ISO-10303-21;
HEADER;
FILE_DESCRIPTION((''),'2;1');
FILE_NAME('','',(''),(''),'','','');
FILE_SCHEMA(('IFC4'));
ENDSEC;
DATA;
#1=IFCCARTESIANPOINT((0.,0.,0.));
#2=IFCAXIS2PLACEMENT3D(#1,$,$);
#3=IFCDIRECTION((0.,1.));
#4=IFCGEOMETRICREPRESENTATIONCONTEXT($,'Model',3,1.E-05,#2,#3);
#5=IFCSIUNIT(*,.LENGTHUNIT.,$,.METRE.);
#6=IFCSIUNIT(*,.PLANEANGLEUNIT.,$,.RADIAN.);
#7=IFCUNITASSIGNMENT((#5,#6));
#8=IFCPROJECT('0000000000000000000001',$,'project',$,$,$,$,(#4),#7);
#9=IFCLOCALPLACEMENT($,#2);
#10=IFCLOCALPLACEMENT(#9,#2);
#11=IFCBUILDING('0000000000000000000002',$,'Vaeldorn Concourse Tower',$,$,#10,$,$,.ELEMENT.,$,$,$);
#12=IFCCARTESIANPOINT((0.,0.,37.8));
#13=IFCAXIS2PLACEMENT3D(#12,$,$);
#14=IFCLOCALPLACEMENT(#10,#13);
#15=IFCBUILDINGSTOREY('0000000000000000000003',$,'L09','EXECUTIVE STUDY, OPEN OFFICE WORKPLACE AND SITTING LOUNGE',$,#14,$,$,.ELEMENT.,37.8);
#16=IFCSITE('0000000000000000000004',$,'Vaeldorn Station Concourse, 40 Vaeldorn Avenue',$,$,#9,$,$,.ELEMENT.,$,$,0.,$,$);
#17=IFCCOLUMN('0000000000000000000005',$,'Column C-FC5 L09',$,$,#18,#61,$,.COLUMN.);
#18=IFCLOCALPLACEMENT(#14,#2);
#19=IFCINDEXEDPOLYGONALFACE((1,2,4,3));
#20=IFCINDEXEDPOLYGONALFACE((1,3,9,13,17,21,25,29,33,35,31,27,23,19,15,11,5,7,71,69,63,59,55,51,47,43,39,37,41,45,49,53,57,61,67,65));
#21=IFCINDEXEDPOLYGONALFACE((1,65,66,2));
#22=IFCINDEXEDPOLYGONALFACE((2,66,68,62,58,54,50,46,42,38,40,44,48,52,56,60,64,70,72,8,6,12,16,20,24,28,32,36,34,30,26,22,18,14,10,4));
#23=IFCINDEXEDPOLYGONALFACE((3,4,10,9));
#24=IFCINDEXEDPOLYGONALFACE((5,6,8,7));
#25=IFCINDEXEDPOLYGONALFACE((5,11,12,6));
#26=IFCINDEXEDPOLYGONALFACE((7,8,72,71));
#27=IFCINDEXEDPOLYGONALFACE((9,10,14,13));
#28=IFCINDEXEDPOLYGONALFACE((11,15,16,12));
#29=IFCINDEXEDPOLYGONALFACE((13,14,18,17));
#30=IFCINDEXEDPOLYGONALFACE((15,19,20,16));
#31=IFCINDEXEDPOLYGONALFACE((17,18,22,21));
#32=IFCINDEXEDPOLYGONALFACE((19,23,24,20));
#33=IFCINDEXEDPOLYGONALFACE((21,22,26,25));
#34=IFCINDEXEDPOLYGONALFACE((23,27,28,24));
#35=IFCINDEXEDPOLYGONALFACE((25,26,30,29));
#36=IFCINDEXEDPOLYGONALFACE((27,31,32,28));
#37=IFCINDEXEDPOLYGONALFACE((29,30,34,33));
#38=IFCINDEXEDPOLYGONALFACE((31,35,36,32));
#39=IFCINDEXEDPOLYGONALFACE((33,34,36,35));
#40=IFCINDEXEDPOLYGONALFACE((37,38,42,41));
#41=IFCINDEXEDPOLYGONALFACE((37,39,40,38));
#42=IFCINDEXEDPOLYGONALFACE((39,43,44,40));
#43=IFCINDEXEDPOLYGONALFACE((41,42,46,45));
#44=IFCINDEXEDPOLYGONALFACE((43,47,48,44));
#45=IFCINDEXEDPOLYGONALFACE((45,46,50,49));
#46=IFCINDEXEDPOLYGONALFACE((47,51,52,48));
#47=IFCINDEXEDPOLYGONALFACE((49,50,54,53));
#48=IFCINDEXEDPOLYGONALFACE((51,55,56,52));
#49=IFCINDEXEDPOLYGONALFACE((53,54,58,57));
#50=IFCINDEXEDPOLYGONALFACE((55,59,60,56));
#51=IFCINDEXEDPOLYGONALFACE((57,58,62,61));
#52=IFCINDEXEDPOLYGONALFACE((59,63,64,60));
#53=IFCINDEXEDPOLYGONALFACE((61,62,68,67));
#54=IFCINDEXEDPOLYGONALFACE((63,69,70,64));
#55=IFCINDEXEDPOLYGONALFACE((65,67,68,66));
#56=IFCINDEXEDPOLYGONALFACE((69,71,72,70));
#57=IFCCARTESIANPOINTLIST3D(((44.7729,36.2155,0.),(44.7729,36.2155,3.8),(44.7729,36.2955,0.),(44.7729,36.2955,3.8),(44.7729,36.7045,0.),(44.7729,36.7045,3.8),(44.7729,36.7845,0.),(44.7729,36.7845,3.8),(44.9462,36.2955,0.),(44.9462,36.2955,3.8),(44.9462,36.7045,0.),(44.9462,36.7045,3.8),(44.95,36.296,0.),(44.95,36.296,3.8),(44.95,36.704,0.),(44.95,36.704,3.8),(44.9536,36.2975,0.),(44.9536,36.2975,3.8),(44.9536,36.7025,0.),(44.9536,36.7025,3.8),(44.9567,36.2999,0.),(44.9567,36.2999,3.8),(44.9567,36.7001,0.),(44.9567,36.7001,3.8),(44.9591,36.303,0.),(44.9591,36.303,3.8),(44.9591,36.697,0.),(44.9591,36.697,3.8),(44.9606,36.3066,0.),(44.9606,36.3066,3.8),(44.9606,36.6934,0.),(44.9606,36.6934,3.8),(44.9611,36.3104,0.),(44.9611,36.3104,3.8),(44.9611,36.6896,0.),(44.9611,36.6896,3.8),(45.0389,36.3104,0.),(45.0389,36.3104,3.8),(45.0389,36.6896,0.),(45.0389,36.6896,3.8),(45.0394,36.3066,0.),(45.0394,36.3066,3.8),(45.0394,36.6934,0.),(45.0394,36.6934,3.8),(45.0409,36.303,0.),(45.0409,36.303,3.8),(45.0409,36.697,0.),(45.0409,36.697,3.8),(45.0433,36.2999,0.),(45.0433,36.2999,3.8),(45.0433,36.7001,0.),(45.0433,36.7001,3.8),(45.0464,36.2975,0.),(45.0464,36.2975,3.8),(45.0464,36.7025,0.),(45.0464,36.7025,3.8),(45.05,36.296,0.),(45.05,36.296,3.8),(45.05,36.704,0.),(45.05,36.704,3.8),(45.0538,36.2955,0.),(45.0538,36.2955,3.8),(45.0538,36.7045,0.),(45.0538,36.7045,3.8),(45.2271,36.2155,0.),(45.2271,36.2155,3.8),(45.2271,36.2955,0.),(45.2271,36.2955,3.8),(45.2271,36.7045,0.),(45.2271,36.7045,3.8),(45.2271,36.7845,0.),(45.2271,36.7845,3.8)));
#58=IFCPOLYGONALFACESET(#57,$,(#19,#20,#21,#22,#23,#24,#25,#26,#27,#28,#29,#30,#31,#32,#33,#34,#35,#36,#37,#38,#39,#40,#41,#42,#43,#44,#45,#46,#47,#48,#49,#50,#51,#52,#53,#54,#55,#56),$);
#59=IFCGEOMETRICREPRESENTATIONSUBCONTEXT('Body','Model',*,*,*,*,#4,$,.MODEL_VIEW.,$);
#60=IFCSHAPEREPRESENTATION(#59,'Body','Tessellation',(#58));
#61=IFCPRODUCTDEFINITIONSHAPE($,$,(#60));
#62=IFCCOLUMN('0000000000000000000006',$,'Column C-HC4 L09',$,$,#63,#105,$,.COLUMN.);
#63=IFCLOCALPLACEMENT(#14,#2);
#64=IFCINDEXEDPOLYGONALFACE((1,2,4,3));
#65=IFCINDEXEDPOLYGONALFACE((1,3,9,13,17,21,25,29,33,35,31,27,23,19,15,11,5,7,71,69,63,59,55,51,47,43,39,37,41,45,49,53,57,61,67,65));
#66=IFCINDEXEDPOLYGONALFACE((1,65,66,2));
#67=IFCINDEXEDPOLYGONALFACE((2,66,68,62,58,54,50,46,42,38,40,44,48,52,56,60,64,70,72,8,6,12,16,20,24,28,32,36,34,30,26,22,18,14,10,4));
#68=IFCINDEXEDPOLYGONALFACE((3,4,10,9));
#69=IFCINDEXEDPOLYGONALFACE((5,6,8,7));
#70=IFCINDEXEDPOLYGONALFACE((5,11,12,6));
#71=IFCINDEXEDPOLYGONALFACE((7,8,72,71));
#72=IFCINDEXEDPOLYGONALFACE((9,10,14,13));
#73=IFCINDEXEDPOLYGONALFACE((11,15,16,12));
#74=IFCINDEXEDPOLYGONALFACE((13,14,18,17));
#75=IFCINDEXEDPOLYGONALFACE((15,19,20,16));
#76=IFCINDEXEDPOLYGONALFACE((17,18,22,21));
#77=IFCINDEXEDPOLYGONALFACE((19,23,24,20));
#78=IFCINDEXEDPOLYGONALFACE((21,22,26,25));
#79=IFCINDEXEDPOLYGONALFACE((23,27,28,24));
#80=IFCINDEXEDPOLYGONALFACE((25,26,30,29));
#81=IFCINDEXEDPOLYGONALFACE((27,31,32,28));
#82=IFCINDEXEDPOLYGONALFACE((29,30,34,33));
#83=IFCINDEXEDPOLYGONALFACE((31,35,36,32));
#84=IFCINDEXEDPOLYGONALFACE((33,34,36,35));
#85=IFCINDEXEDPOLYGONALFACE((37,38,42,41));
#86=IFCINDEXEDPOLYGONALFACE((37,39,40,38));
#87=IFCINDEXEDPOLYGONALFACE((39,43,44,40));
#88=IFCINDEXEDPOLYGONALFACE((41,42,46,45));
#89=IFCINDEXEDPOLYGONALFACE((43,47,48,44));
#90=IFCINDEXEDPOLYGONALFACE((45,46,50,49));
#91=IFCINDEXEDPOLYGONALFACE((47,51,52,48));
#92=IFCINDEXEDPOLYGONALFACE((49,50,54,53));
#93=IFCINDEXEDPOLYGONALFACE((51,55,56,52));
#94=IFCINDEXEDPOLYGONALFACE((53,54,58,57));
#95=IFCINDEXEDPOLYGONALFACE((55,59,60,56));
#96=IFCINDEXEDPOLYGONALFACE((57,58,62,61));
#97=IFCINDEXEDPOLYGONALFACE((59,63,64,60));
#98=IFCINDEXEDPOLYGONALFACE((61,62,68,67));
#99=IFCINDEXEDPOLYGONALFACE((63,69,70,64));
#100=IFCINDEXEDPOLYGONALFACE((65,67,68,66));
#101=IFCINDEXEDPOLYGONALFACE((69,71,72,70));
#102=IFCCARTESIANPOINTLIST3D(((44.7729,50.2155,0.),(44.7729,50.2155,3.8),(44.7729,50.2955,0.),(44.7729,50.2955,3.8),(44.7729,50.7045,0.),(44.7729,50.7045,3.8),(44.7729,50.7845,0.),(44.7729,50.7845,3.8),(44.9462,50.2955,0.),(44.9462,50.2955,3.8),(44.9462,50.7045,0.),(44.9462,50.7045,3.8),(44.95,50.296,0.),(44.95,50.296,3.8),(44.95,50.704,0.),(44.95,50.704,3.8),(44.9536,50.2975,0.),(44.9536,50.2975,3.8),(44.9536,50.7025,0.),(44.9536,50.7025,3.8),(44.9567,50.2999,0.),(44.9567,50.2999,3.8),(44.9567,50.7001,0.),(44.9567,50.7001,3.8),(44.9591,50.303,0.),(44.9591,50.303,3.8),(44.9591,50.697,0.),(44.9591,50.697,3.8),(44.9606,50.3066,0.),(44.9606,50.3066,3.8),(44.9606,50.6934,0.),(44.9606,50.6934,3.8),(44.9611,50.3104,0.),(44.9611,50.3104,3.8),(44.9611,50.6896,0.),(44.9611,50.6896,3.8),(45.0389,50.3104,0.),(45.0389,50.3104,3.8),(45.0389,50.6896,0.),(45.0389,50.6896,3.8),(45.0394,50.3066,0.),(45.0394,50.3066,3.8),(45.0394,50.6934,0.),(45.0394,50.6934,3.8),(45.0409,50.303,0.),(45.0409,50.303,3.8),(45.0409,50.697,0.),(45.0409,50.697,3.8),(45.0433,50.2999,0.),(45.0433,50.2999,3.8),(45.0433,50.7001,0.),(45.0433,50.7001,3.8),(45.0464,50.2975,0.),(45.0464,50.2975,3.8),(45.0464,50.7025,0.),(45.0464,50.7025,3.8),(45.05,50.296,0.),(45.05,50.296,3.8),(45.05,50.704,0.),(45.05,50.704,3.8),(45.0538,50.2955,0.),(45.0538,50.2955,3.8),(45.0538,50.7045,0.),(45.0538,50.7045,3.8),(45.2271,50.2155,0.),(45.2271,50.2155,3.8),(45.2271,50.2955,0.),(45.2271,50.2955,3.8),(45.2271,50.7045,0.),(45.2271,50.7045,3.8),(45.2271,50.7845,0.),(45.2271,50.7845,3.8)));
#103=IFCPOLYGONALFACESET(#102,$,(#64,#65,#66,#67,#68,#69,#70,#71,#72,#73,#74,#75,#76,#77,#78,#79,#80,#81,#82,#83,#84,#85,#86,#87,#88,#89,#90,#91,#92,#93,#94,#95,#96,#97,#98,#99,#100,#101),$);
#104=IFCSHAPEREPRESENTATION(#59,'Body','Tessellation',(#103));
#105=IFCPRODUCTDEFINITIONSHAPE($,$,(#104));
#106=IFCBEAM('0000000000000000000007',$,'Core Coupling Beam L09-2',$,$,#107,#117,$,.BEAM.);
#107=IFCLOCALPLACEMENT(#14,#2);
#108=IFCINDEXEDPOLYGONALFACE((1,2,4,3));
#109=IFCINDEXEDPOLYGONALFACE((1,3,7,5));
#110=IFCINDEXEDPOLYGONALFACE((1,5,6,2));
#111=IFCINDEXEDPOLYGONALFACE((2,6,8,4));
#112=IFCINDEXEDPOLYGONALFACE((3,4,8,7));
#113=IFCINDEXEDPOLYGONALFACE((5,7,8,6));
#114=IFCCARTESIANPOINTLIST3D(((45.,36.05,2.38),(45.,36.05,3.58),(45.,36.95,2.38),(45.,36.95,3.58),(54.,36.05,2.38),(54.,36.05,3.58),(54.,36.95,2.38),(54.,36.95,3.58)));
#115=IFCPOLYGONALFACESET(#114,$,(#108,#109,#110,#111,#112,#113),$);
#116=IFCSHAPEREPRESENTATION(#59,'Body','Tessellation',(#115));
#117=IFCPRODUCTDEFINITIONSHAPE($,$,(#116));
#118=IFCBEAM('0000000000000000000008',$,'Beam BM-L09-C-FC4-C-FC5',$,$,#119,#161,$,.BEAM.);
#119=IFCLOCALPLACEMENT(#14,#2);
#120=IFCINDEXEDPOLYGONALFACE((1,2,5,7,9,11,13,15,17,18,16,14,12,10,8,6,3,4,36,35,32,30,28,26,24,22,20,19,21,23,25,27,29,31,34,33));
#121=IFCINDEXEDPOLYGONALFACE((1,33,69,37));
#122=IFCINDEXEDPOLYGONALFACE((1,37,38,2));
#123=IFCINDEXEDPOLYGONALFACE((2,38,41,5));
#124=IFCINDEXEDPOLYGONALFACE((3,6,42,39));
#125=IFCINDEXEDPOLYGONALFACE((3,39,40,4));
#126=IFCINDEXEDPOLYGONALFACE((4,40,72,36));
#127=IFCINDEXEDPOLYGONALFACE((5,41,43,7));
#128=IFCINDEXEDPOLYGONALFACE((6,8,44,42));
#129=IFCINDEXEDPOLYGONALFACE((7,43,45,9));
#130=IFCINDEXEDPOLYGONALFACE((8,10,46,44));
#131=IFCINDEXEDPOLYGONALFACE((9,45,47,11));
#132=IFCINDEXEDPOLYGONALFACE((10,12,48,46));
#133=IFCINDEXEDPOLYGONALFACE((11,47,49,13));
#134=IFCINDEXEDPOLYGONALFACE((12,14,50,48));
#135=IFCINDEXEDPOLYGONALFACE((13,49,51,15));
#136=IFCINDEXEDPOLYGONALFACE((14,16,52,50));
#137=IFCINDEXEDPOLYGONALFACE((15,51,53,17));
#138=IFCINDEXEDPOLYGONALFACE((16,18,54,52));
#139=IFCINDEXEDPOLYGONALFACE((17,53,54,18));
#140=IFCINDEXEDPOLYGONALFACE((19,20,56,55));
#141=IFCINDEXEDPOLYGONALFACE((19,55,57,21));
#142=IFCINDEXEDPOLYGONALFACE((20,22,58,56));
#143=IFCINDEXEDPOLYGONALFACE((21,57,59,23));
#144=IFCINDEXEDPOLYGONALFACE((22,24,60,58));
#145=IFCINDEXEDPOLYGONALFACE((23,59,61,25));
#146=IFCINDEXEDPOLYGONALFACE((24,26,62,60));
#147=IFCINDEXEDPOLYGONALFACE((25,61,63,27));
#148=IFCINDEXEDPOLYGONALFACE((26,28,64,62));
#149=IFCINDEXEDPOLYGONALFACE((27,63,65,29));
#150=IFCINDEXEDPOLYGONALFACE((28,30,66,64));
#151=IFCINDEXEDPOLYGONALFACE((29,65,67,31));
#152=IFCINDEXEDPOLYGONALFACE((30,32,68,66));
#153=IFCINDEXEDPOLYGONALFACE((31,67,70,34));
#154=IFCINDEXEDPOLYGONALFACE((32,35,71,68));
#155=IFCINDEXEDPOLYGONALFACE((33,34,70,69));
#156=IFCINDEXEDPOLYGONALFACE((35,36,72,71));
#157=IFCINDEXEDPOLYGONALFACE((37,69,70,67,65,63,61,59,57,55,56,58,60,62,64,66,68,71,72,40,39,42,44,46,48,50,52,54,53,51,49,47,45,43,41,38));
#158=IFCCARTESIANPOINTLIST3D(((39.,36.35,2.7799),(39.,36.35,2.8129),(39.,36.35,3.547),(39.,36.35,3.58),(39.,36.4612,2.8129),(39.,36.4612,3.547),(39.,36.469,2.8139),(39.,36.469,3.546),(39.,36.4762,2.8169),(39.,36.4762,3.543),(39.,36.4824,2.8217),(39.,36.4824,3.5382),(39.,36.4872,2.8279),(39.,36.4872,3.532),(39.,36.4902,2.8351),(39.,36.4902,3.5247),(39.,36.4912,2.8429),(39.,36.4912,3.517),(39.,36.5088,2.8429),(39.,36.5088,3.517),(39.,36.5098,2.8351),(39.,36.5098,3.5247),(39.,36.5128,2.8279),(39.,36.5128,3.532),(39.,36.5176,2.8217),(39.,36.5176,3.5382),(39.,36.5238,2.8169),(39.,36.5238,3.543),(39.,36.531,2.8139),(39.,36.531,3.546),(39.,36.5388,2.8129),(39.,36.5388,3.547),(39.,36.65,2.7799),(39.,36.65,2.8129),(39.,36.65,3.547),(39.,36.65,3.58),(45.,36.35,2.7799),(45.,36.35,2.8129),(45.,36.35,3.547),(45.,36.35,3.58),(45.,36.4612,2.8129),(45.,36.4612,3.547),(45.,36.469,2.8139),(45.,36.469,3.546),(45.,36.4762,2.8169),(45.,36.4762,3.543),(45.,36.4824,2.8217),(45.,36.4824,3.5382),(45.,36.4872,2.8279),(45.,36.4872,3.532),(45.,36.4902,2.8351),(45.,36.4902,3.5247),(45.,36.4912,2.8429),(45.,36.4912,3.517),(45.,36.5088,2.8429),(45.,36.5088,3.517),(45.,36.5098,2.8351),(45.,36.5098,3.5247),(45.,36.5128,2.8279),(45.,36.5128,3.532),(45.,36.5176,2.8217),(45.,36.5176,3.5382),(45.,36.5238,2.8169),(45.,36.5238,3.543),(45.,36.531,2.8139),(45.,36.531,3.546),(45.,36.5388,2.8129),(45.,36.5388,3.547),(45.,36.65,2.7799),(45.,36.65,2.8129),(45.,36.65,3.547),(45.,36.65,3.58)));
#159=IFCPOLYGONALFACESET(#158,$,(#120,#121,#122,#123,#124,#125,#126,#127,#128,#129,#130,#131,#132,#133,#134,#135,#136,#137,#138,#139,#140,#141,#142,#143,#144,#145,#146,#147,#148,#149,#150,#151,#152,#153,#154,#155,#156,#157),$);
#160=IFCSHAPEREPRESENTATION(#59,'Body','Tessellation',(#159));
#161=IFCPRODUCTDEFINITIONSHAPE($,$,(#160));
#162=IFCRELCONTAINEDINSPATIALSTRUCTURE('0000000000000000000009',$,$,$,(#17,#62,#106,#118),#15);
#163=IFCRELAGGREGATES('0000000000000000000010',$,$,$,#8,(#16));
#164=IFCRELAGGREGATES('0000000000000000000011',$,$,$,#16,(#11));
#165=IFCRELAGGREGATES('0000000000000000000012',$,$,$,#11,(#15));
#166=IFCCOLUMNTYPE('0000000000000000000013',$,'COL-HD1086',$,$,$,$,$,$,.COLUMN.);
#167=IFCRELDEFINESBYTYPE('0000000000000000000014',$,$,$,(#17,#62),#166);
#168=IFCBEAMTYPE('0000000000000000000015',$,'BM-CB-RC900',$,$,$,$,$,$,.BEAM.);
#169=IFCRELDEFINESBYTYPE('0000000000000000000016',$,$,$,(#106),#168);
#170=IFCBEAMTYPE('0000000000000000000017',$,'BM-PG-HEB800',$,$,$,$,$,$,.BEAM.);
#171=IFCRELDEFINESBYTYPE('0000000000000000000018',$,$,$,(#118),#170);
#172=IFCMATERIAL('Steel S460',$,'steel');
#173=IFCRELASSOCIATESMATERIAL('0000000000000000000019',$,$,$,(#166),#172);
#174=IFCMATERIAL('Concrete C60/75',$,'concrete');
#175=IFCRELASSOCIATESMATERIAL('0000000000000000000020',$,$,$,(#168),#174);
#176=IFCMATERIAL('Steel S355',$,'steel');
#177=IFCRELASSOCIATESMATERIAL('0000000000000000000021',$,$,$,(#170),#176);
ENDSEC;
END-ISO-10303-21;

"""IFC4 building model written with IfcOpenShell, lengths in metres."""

from ifc_helpers import new_model, si_unit, direction, frame, origin, origin_2d, place, context, subcontext, project, spatial, rectangle, i_section, extrude, source, transform, mapped, material, material_profile, profile_set, type_object, element, save


model = new_model("IFC4")

# Units and contexts
model_context = context("Model", 3, precision=1e-05, world=origin(), true_north=direction((0.0, 1.0)))
body_context = subcontext(model_context, "Body", "Model", "MODEL_VIEW")
ifc_project = project(units=[si_unit("LENGTHUNIT", "METRE"), si_unit("PLANEANGLEUNIT", "RADIAN")], contexts=[model_context])

# Site, building, storey
site_placement = place(None, origin())
site = spatial("IfcSite", under=ifc_project, at=site_placement, Name="Vaeldorn Station Concourse, 40 Vaeldorn Avenue", CompositionType="ELEMENT", RefElevation=0.0)
building_placement = place(site_placement, origin())
building = spatial("IfcBuilding", under=site, at=building_placement, Name="Vaeldorn Concourse Tower", CompositionType="ELEMENT")
storey_placement = place(building_placement, frame((0.0, 0.0, 37.8)))
storey = spatial("IfcBuildingStorey", under=building, at=storey_placement, Name="L09", Description="EXECUTIVE STUDY, OPEN OFFICE WORKPLACE AND SITTING LOUNGE", CompositionType="ELEMENT", Elevation=37.8)

# Columns
ifc_material_1 = material(Name="Steel S460", Category="steel")
ifc_material_profile_1 = material_profile(ifc_material_1, i_section(OverallWidth=0.4541, OverallDepth=0.5691, WebThickness=0.0779, FlangeThickness=0.0801, FilletRadius=0.0149, at=origin_2d()), Name="HD 400x1086")
ifc_profile_set_1 = profile_set([ifc_material_profile_1], Name="Steel S460")
column_type = type_object("IfcColumnType", Name="COL-HD1086", PredefinedType="COLUMN", material=ifc_profile_set_1)
shared_shape_1 = source(origin(), body_context, "Body", "SweptSolid", [
    extrude(i_section(OverallWidth=0.4541, OverallDepth=0.5691, WebThickness=0.0779, FlangeThickness=0.0801, FilletRadius=0.0149, at=origin_2d()), origin(), (0.0, 0.0, 1.0), 3.8),
])
for number, where, z_axis, x_axis, name in (
    (1, (45.0, 36.5, 0.0), (0.0, 0.0, 1.0), (1.0, 0.0, 0.0), "Column C-FC5 L09"),
    (2, (45.0, 50.5, 0.0), (0.0, 0.0, 1.0), (1.0, 0.0, 0.0), "Column C-HC4 L09"),
):
    element("IfcColumn", number, at=place(storey_placement, frame(where, z_axis=z_axis, x_axis=x_axis)), inside=storey, type_object=column_type, Name=name, PredefinedType="COLUMN", context=body_context, shape_type="MappedRepresentation", body=[
        mapped(shared_shape_1, transform((0.0, 0.0, 0.0), scale=1.0)),
    ])

# Beams
ifc_material_2 = material(Name="Concrete C60/75", Category="concrete")
ifc_material_profile_2 = material_profile(ifc_material_2, rectangle(XDim=0.8999, YDim=1.2, at=origin_2d()), Name="RC 900x1200")
ifc_profile_set_2 = profile_set([ifc_material_profile_2], Name="Concrete C60/75")
beam_type_1 = type_object("IfcBeamType", Name="BM-CB-RC900", PredefinedType="BEAM", material=ifc_profile_set_2)
shared_shape_2 = source(origin(), body_context, "Body", "SweptSolid", [
    extrude(rectangle(XDim=0.8999, YDim=1.2, at=origin_2d()), origin(), (0.0, 0.0, 1.0), 9.0),
])
beam_1_placement = place(storey_placement, frame((45.0, 36.5, 2.98), z_axis=(1.0, 0.0, 0.0), x_axis=(0.0, 1.0, 0.0)))
element("IfcBeam", 3, at=beam_1_placement, inside=storey, type_object=beam_type_1, Name="Core Coupling Beam L09-2", PredefinedType="BEAM", context=body_context, shape_type="MappedRepresentation", body=[
    mapped(shared_shape_2, transform((0.0, 0.0, 0.0), scale=1.0)),
])
ifc_material_3 = material(Name="Steel S355", Category="steel")
ifc_material_profile_3 = material_profile(ifc_material_3, i_section(OverallWidth=0.3, OverallDepth=0.8, WebThickness=0.0176, FlangeThickness=0.033, FilletRadius=0.03, at=origin_2d()), Name="HEB 800")
ifc_profile_set_3 = profile_set([ifc_material_profile_3], Name="Steel S355")
beam_type_2 = type_object("IfcBeamType", Name="BM-PG-HEB800", PredefinedType="BEAM", material=ifc_profile_set_3)
shared_shape_3 = source(origin(), body_context, "Body", "SweptSolid", [
    extrude(i_section(OverallWidth=0.3, OverallDepth=0.8, WebThickness=0.0176, FlangeThickness=0.033, FilletRadius=0.03, at=origin_2d()), origin(), (0.0, 0.0, 1.0), 6.0),
])
beam_2_placement = place(storey_placement, frame((39.0, 36.5, 3.1799), z_axis=(1.0, 0.0, 0.0), x_axis=(0.0, 1.0, 0.0)))
element("IfcBeam", 4, at=beam_2_placement, inside=storey, type_object=beam_type_2, Name="Beam BM-L09-C-FC4-C-FC5", PredefinedType="BEAM", context=body_context, shape_type="MappedRepresentation", body=[
    mapped(shared_shape_3, transform((0.0, 0.0, 0.0), scale=1.0)),
])

save(model, "model.ifc")
